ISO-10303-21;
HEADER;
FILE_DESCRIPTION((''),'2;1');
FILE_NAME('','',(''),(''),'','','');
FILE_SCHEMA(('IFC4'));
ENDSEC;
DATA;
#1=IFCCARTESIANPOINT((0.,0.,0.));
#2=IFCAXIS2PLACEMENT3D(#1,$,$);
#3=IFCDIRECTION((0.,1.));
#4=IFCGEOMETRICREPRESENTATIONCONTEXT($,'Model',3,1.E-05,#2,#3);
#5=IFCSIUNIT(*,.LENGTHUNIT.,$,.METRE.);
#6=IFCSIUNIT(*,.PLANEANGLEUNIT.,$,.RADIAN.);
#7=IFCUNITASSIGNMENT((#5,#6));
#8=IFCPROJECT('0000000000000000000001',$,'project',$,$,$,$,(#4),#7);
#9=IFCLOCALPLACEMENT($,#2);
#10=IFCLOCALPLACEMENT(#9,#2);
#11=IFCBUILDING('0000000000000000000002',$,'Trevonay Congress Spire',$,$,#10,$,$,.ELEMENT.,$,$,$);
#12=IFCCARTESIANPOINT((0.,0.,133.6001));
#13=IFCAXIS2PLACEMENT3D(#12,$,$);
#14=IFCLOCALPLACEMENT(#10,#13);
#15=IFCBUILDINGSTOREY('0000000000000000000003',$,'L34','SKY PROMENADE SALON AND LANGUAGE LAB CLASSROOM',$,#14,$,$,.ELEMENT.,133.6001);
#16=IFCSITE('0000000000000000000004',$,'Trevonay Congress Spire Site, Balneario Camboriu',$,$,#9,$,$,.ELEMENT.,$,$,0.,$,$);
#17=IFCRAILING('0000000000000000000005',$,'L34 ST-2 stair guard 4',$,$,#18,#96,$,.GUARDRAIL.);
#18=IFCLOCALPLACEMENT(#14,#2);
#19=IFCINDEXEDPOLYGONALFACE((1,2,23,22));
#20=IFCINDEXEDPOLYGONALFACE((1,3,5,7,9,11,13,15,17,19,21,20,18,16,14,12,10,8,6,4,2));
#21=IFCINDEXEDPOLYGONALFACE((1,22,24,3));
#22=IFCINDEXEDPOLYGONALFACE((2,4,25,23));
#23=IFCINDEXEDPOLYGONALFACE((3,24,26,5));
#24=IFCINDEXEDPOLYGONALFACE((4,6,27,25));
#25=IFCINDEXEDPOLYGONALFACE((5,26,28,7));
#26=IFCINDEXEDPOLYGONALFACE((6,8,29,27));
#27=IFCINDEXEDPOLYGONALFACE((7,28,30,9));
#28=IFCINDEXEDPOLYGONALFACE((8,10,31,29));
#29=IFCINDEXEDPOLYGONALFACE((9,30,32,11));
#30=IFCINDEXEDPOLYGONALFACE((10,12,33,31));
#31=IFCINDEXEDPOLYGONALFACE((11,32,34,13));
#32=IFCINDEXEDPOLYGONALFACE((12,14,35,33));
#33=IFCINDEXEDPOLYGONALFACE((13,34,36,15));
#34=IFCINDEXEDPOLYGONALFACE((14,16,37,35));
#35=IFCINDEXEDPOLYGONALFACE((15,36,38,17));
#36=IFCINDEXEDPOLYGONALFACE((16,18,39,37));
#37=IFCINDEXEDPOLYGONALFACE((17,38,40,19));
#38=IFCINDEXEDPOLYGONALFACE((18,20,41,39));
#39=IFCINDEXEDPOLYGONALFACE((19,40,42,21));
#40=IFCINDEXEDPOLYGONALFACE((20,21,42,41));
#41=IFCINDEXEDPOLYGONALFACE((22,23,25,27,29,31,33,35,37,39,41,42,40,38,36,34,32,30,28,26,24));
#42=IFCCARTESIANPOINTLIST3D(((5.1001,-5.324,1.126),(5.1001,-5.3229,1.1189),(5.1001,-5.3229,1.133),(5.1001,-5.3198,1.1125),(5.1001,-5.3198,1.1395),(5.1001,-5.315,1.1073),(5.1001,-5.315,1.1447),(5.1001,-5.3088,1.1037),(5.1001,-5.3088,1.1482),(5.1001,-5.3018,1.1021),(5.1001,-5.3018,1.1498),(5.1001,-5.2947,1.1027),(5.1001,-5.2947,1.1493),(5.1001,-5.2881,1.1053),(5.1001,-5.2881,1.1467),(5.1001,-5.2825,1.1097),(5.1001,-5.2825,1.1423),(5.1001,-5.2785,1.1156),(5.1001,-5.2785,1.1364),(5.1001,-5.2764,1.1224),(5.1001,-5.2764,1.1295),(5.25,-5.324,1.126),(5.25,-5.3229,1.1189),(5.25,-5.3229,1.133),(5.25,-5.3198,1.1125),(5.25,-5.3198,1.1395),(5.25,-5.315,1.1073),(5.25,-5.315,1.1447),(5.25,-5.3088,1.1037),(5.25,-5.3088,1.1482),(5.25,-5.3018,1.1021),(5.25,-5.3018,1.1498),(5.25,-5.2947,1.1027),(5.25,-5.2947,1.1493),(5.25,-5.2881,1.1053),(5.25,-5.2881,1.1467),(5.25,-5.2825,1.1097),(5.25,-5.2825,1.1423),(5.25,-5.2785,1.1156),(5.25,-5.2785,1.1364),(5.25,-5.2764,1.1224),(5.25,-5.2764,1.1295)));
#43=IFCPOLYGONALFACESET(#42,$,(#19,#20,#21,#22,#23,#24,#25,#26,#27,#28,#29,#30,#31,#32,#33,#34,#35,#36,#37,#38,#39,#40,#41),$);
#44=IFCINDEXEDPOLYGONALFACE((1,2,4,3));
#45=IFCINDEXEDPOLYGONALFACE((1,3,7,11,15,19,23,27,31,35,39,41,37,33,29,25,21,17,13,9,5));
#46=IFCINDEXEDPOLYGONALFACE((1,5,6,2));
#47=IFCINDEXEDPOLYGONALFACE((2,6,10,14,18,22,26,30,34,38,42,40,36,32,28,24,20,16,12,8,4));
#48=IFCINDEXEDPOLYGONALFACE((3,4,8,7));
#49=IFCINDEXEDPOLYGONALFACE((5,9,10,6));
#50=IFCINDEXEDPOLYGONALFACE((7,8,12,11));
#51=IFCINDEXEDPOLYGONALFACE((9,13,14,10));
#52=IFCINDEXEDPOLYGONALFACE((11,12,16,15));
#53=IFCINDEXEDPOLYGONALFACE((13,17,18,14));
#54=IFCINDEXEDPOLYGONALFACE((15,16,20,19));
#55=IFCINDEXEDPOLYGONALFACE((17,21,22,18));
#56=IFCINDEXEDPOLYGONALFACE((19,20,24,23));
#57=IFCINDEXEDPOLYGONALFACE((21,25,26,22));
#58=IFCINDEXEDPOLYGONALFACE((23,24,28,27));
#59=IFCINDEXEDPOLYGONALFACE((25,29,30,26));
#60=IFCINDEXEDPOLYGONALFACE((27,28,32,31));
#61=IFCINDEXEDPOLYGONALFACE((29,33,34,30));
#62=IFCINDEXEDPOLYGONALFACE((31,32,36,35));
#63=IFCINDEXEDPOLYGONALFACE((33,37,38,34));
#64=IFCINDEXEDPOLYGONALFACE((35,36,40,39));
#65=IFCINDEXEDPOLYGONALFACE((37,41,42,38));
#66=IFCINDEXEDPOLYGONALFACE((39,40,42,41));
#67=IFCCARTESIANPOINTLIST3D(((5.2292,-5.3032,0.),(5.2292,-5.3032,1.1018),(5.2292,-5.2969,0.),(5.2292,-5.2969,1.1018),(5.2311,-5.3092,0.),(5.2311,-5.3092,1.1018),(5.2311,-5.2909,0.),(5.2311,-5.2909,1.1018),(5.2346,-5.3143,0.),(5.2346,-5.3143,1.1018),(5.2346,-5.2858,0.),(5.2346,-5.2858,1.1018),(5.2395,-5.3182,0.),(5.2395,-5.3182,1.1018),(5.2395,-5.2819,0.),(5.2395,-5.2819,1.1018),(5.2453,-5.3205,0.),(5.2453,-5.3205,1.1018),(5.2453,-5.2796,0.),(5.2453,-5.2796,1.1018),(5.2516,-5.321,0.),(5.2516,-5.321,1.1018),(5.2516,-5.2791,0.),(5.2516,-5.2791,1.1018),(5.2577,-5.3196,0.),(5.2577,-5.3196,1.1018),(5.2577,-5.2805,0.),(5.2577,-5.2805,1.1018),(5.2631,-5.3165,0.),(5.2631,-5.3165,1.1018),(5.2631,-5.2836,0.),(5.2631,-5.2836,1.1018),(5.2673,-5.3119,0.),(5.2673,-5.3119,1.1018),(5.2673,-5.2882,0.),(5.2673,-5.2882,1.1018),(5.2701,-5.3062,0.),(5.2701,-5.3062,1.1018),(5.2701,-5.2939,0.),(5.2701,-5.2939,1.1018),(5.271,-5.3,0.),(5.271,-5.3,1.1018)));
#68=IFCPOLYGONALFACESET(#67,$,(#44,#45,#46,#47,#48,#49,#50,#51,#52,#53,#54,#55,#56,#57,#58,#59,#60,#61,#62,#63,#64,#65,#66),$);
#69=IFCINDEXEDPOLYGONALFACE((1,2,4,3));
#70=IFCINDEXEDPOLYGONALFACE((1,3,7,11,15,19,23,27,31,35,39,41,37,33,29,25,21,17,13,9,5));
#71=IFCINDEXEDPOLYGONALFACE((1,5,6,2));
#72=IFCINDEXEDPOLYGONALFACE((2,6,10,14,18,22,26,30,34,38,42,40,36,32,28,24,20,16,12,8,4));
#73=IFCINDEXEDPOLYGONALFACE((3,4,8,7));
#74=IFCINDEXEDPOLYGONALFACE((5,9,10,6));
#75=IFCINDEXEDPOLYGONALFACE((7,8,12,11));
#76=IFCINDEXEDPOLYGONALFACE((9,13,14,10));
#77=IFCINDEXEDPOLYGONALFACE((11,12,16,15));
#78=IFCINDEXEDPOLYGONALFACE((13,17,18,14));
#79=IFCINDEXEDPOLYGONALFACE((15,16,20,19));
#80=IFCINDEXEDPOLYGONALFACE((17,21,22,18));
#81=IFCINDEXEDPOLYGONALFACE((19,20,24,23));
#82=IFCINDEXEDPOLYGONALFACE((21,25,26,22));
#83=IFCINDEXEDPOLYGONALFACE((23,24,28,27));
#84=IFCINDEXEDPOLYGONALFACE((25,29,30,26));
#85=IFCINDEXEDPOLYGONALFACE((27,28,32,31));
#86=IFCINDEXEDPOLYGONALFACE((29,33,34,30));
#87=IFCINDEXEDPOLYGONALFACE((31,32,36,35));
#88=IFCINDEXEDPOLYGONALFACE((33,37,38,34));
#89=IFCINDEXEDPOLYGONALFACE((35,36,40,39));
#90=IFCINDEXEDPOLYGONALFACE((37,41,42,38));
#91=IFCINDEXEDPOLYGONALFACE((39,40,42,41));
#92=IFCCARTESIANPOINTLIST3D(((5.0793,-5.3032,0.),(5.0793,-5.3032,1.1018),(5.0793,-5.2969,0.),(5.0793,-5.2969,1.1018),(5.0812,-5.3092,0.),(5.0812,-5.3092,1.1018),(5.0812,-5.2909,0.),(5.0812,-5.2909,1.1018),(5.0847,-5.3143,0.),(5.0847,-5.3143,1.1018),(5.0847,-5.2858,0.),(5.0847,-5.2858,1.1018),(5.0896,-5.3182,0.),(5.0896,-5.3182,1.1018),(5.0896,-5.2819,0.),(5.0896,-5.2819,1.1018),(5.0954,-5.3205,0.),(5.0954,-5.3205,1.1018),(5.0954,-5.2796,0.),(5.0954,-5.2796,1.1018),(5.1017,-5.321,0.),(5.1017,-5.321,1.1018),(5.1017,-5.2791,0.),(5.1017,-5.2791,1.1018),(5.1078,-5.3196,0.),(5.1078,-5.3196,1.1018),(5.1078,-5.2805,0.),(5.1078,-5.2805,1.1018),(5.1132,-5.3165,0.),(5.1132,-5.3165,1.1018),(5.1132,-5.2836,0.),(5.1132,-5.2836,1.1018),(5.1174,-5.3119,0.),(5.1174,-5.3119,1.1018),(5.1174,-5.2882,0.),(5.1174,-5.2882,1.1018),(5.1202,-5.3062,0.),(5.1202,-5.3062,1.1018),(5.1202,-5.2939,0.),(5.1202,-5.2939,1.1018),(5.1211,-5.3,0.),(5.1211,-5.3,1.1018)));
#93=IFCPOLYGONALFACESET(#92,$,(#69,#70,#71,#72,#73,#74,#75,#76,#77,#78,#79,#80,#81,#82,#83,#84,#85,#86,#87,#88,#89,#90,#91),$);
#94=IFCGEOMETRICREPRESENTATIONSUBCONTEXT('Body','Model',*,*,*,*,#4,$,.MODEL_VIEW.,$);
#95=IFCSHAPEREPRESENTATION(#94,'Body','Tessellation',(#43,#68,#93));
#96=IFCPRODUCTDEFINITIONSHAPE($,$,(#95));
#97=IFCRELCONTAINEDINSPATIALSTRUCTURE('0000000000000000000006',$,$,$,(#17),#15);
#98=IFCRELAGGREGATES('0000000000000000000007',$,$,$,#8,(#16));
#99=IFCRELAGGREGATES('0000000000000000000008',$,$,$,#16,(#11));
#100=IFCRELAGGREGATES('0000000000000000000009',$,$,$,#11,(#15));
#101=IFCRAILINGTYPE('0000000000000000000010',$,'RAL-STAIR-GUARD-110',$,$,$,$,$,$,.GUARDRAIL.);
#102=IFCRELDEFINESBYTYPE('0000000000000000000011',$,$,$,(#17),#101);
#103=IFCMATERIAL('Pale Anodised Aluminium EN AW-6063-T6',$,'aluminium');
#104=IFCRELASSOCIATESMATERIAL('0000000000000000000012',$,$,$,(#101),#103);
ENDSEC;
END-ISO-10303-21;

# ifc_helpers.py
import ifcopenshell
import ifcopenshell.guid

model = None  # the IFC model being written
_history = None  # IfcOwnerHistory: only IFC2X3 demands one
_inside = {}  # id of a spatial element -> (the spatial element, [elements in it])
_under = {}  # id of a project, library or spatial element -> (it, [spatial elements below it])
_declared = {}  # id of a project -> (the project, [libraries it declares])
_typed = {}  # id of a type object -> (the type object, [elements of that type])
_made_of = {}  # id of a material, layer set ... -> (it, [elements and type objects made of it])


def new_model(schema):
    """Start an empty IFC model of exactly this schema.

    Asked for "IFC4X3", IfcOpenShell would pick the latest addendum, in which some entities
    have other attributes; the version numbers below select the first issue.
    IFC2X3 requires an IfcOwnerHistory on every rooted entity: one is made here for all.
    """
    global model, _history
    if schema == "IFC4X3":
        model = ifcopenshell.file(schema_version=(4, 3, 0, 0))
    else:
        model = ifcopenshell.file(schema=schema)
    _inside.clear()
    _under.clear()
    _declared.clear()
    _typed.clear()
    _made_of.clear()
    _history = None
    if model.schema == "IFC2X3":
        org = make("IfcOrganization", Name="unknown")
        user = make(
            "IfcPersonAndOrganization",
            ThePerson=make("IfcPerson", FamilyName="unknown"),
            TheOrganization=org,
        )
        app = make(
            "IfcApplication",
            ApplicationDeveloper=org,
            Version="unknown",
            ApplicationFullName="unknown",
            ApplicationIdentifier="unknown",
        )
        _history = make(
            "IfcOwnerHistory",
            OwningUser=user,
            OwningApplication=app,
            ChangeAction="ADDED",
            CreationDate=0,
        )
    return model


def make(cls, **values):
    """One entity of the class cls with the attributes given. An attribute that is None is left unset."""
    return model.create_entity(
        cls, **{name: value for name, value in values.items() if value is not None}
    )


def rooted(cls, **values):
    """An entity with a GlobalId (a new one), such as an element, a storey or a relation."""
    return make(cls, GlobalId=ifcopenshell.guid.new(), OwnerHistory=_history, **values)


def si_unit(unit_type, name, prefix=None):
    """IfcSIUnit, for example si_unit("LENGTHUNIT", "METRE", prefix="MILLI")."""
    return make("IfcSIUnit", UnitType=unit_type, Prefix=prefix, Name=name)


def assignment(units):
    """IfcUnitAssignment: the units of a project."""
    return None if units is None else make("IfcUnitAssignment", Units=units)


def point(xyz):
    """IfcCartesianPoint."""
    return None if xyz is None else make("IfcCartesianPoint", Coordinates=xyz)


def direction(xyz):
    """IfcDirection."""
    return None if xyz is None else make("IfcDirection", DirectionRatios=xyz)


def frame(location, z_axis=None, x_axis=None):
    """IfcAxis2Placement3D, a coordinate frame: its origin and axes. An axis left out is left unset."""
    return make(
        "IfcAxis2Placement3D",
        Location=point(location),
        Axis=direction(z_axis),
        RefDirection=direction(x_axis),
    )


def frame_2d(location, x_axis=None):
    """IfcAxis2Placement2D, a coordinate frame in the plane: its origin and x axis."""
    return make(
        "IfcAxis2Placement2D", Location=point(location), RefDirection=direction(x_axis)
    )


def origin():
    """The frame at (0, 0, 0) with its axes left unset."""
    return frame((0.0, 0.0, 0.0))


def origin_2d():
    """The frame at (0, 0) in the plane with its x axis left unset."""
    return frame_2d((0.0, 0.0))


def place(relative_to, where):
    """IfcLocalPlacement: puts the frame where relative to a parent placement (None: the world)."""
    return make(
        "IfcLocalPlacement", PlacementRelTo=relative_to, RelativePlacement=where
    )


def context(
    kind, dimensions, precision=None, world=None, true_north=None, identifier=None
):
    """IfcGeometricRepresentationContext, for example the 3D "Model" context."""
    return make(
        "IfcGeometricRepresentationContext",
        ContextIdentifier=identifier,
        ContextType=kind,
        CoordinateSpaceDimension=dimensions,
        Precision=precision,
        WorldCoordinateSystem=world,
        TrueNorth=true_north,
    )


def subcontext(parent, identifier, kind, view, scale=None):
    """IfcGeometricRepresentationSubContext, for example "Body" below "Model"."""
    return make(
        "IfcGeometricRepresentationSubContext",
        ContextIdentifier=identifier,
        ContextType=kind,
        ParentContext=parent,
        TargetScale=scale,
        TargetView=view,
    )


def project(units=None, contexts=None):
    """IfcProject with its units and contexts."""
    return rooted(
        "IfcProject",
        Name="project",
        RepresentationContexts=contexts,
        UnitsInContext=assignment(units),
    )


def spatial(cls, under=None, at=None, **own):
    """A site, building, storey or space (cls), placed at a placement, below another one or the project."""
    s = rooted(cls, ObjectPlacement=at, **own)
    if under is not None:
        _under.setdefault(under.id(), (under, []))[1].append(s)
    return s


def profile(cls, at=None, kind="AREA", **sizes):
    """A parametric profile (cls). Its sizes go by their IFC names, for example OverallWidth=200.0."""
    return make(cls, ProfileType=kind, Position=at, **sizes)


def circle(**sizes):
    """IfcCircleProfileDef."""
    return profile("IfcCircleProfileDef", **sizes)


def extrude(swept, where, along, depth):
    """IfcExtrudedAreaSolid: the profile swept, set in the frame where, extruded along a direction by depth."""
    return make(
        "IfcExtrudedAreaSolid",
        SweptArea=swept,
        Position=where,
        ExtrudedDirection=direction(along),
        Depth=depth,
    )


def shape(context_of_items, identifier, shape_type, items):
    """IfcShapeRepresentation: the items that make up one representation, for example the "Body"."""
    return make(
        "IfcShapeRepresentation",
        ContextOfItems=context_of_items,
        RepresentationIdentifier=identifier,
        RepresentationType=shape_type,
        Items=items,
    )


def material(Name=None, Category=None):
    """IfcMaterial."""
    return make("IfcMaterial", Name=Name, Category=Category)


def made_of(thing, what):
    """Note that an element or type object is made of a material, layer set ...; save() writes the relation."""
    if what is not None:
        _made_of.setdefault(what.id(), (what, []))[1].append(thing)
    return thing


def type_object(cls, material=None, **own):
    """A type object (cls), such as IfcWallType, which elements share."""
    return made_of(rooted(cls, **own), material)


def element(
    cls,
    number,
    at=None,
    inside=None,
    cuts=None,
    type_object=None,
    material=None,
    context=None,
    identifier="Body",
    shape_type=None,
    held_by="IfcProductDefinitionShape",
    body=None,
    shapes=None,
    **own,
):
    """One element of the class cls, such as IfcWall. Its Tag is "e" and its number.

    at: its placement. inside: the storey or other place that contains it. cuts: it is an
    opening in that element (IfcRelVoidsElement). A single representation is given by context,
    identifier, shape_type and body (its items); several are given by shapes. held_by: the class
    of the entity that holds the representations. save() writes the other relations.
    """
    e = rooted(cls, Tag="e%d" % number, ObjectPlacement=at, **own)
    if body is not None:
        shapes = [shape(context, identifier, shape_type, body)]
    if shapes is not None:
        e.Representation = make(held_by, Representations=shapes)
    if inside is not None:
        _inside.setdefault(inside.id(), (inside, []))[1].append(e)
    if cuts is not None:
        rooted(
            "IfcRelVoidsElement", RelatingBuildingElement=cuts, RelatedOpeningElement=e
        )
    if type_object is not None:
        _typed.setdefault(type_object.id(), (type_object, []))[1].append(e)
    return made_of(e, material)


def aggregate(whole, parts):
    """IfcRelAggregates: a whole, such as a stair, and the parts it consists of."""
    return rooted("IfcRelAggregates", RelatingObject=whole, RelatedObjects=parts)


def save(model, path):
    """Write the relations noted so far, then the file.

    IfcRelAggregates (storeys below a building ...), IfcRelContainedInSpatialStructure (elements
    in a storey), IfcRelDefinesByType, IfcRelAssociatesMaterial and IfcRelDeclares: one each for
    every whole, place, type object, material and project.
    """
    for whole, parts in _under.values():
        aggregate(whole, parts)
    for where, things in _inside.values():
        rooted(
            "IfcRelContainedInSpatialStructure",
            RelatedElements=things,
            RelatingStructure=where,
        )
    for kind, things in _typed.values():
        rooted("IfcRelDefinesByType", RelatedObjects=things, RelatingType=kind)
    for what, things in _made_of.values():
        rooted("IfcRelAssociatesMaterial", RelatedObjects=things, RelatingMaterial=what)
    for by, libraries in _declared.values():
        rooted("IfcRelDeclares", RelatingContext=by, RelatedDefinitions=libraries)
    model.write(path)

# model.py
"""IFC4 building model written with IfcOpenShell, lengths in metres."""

from ifc_helpers import new_model, si_unit, direction, frame, origin, origin_2d, place, context, subcontext, project, spatial, circle, extrude, material, type_object, element, save


model = new_model("IFC4")

# Units and contexts
model_context = context("Model", 3, precision=1e-05, world=origin(), true_north=direction((0.0, 1.0)))
body_context = subcontext(model_context, "Body", "Model", "MODEL_VIEW")
ifc_project = project(units=[si_unit("LENGTHUNIT", "METRE"), si_unit("PLANEANGLEUNIT", "RADIAN")], contexts=[model_context])

# Site, building, storey
site_placement = place(None, origin())
site = spatial("IfcSite", under=ifc_project, at=site_placement, Name="Trevonay Congress Spire Site, Balneario Camboriu", CompositionType="ELEMENT", RefElevation=0.0)
building_placement = place(site_placement, origin())
building = spatial("IfcBuilding", under=site, at=building_placement, Name="Trevonay Congress Spire", CompositionType="ELEMENT")
storey_placement = place(building_placement, frame((0.0, 0.0, 133.6001)))
storey = spatial("IfcBuildingStorey", under=building, at=storey_placement, Name="L34", Description="SKY PROMENADE SALON AND LANGUAGE LAB CLASSROOM", CompositionType="ELEMENT", Elevation=133.6001)

# Shared definitions
ifc_material_1 = material(Name="Pale Anodised Aluminium EN AW-6063-T6", Category="aluminium")

# Railing
railing_type_1 = type_object("IfcRailingType", Name="RAL-STAIR-GUARD-110", PredefinedType="GUARDRAIL", material=ifc_material_1)
railing_1_placement = place(storey_placement, frame((5.25, -5.3, 0.0)))
element("IfcRailing", 1, at=railing_1_placement, inside=storey, type_object=railing_type_1, Name="L34 ST-2 stair guard 4", PredefinedType="GUARDRAIL", context=body_context, shape_type="SweptSolid", body=[
    extrude(circle(Radius=0.0239, at=origin_2d()), frame((0.0, 0.0, 1.126), z_axis=(-1.0, 0.0, 0.0), x_axis=(0.0, -1.0, 0.0)), (0.0, 0.0, 1.0), 0.1499),
    extrude(circle(Radius=0.021, at=origin_2d()), origin(), (0.0, 0.0, 1.0), 1.1018),
    extrude(circle(Radius=0.021, at=origin_2d()), frame((-0.1499, 0.0, 0.0)), (0.0, 0.0, 1.0), 1.1018),
])

save(model, "model.ifc")
